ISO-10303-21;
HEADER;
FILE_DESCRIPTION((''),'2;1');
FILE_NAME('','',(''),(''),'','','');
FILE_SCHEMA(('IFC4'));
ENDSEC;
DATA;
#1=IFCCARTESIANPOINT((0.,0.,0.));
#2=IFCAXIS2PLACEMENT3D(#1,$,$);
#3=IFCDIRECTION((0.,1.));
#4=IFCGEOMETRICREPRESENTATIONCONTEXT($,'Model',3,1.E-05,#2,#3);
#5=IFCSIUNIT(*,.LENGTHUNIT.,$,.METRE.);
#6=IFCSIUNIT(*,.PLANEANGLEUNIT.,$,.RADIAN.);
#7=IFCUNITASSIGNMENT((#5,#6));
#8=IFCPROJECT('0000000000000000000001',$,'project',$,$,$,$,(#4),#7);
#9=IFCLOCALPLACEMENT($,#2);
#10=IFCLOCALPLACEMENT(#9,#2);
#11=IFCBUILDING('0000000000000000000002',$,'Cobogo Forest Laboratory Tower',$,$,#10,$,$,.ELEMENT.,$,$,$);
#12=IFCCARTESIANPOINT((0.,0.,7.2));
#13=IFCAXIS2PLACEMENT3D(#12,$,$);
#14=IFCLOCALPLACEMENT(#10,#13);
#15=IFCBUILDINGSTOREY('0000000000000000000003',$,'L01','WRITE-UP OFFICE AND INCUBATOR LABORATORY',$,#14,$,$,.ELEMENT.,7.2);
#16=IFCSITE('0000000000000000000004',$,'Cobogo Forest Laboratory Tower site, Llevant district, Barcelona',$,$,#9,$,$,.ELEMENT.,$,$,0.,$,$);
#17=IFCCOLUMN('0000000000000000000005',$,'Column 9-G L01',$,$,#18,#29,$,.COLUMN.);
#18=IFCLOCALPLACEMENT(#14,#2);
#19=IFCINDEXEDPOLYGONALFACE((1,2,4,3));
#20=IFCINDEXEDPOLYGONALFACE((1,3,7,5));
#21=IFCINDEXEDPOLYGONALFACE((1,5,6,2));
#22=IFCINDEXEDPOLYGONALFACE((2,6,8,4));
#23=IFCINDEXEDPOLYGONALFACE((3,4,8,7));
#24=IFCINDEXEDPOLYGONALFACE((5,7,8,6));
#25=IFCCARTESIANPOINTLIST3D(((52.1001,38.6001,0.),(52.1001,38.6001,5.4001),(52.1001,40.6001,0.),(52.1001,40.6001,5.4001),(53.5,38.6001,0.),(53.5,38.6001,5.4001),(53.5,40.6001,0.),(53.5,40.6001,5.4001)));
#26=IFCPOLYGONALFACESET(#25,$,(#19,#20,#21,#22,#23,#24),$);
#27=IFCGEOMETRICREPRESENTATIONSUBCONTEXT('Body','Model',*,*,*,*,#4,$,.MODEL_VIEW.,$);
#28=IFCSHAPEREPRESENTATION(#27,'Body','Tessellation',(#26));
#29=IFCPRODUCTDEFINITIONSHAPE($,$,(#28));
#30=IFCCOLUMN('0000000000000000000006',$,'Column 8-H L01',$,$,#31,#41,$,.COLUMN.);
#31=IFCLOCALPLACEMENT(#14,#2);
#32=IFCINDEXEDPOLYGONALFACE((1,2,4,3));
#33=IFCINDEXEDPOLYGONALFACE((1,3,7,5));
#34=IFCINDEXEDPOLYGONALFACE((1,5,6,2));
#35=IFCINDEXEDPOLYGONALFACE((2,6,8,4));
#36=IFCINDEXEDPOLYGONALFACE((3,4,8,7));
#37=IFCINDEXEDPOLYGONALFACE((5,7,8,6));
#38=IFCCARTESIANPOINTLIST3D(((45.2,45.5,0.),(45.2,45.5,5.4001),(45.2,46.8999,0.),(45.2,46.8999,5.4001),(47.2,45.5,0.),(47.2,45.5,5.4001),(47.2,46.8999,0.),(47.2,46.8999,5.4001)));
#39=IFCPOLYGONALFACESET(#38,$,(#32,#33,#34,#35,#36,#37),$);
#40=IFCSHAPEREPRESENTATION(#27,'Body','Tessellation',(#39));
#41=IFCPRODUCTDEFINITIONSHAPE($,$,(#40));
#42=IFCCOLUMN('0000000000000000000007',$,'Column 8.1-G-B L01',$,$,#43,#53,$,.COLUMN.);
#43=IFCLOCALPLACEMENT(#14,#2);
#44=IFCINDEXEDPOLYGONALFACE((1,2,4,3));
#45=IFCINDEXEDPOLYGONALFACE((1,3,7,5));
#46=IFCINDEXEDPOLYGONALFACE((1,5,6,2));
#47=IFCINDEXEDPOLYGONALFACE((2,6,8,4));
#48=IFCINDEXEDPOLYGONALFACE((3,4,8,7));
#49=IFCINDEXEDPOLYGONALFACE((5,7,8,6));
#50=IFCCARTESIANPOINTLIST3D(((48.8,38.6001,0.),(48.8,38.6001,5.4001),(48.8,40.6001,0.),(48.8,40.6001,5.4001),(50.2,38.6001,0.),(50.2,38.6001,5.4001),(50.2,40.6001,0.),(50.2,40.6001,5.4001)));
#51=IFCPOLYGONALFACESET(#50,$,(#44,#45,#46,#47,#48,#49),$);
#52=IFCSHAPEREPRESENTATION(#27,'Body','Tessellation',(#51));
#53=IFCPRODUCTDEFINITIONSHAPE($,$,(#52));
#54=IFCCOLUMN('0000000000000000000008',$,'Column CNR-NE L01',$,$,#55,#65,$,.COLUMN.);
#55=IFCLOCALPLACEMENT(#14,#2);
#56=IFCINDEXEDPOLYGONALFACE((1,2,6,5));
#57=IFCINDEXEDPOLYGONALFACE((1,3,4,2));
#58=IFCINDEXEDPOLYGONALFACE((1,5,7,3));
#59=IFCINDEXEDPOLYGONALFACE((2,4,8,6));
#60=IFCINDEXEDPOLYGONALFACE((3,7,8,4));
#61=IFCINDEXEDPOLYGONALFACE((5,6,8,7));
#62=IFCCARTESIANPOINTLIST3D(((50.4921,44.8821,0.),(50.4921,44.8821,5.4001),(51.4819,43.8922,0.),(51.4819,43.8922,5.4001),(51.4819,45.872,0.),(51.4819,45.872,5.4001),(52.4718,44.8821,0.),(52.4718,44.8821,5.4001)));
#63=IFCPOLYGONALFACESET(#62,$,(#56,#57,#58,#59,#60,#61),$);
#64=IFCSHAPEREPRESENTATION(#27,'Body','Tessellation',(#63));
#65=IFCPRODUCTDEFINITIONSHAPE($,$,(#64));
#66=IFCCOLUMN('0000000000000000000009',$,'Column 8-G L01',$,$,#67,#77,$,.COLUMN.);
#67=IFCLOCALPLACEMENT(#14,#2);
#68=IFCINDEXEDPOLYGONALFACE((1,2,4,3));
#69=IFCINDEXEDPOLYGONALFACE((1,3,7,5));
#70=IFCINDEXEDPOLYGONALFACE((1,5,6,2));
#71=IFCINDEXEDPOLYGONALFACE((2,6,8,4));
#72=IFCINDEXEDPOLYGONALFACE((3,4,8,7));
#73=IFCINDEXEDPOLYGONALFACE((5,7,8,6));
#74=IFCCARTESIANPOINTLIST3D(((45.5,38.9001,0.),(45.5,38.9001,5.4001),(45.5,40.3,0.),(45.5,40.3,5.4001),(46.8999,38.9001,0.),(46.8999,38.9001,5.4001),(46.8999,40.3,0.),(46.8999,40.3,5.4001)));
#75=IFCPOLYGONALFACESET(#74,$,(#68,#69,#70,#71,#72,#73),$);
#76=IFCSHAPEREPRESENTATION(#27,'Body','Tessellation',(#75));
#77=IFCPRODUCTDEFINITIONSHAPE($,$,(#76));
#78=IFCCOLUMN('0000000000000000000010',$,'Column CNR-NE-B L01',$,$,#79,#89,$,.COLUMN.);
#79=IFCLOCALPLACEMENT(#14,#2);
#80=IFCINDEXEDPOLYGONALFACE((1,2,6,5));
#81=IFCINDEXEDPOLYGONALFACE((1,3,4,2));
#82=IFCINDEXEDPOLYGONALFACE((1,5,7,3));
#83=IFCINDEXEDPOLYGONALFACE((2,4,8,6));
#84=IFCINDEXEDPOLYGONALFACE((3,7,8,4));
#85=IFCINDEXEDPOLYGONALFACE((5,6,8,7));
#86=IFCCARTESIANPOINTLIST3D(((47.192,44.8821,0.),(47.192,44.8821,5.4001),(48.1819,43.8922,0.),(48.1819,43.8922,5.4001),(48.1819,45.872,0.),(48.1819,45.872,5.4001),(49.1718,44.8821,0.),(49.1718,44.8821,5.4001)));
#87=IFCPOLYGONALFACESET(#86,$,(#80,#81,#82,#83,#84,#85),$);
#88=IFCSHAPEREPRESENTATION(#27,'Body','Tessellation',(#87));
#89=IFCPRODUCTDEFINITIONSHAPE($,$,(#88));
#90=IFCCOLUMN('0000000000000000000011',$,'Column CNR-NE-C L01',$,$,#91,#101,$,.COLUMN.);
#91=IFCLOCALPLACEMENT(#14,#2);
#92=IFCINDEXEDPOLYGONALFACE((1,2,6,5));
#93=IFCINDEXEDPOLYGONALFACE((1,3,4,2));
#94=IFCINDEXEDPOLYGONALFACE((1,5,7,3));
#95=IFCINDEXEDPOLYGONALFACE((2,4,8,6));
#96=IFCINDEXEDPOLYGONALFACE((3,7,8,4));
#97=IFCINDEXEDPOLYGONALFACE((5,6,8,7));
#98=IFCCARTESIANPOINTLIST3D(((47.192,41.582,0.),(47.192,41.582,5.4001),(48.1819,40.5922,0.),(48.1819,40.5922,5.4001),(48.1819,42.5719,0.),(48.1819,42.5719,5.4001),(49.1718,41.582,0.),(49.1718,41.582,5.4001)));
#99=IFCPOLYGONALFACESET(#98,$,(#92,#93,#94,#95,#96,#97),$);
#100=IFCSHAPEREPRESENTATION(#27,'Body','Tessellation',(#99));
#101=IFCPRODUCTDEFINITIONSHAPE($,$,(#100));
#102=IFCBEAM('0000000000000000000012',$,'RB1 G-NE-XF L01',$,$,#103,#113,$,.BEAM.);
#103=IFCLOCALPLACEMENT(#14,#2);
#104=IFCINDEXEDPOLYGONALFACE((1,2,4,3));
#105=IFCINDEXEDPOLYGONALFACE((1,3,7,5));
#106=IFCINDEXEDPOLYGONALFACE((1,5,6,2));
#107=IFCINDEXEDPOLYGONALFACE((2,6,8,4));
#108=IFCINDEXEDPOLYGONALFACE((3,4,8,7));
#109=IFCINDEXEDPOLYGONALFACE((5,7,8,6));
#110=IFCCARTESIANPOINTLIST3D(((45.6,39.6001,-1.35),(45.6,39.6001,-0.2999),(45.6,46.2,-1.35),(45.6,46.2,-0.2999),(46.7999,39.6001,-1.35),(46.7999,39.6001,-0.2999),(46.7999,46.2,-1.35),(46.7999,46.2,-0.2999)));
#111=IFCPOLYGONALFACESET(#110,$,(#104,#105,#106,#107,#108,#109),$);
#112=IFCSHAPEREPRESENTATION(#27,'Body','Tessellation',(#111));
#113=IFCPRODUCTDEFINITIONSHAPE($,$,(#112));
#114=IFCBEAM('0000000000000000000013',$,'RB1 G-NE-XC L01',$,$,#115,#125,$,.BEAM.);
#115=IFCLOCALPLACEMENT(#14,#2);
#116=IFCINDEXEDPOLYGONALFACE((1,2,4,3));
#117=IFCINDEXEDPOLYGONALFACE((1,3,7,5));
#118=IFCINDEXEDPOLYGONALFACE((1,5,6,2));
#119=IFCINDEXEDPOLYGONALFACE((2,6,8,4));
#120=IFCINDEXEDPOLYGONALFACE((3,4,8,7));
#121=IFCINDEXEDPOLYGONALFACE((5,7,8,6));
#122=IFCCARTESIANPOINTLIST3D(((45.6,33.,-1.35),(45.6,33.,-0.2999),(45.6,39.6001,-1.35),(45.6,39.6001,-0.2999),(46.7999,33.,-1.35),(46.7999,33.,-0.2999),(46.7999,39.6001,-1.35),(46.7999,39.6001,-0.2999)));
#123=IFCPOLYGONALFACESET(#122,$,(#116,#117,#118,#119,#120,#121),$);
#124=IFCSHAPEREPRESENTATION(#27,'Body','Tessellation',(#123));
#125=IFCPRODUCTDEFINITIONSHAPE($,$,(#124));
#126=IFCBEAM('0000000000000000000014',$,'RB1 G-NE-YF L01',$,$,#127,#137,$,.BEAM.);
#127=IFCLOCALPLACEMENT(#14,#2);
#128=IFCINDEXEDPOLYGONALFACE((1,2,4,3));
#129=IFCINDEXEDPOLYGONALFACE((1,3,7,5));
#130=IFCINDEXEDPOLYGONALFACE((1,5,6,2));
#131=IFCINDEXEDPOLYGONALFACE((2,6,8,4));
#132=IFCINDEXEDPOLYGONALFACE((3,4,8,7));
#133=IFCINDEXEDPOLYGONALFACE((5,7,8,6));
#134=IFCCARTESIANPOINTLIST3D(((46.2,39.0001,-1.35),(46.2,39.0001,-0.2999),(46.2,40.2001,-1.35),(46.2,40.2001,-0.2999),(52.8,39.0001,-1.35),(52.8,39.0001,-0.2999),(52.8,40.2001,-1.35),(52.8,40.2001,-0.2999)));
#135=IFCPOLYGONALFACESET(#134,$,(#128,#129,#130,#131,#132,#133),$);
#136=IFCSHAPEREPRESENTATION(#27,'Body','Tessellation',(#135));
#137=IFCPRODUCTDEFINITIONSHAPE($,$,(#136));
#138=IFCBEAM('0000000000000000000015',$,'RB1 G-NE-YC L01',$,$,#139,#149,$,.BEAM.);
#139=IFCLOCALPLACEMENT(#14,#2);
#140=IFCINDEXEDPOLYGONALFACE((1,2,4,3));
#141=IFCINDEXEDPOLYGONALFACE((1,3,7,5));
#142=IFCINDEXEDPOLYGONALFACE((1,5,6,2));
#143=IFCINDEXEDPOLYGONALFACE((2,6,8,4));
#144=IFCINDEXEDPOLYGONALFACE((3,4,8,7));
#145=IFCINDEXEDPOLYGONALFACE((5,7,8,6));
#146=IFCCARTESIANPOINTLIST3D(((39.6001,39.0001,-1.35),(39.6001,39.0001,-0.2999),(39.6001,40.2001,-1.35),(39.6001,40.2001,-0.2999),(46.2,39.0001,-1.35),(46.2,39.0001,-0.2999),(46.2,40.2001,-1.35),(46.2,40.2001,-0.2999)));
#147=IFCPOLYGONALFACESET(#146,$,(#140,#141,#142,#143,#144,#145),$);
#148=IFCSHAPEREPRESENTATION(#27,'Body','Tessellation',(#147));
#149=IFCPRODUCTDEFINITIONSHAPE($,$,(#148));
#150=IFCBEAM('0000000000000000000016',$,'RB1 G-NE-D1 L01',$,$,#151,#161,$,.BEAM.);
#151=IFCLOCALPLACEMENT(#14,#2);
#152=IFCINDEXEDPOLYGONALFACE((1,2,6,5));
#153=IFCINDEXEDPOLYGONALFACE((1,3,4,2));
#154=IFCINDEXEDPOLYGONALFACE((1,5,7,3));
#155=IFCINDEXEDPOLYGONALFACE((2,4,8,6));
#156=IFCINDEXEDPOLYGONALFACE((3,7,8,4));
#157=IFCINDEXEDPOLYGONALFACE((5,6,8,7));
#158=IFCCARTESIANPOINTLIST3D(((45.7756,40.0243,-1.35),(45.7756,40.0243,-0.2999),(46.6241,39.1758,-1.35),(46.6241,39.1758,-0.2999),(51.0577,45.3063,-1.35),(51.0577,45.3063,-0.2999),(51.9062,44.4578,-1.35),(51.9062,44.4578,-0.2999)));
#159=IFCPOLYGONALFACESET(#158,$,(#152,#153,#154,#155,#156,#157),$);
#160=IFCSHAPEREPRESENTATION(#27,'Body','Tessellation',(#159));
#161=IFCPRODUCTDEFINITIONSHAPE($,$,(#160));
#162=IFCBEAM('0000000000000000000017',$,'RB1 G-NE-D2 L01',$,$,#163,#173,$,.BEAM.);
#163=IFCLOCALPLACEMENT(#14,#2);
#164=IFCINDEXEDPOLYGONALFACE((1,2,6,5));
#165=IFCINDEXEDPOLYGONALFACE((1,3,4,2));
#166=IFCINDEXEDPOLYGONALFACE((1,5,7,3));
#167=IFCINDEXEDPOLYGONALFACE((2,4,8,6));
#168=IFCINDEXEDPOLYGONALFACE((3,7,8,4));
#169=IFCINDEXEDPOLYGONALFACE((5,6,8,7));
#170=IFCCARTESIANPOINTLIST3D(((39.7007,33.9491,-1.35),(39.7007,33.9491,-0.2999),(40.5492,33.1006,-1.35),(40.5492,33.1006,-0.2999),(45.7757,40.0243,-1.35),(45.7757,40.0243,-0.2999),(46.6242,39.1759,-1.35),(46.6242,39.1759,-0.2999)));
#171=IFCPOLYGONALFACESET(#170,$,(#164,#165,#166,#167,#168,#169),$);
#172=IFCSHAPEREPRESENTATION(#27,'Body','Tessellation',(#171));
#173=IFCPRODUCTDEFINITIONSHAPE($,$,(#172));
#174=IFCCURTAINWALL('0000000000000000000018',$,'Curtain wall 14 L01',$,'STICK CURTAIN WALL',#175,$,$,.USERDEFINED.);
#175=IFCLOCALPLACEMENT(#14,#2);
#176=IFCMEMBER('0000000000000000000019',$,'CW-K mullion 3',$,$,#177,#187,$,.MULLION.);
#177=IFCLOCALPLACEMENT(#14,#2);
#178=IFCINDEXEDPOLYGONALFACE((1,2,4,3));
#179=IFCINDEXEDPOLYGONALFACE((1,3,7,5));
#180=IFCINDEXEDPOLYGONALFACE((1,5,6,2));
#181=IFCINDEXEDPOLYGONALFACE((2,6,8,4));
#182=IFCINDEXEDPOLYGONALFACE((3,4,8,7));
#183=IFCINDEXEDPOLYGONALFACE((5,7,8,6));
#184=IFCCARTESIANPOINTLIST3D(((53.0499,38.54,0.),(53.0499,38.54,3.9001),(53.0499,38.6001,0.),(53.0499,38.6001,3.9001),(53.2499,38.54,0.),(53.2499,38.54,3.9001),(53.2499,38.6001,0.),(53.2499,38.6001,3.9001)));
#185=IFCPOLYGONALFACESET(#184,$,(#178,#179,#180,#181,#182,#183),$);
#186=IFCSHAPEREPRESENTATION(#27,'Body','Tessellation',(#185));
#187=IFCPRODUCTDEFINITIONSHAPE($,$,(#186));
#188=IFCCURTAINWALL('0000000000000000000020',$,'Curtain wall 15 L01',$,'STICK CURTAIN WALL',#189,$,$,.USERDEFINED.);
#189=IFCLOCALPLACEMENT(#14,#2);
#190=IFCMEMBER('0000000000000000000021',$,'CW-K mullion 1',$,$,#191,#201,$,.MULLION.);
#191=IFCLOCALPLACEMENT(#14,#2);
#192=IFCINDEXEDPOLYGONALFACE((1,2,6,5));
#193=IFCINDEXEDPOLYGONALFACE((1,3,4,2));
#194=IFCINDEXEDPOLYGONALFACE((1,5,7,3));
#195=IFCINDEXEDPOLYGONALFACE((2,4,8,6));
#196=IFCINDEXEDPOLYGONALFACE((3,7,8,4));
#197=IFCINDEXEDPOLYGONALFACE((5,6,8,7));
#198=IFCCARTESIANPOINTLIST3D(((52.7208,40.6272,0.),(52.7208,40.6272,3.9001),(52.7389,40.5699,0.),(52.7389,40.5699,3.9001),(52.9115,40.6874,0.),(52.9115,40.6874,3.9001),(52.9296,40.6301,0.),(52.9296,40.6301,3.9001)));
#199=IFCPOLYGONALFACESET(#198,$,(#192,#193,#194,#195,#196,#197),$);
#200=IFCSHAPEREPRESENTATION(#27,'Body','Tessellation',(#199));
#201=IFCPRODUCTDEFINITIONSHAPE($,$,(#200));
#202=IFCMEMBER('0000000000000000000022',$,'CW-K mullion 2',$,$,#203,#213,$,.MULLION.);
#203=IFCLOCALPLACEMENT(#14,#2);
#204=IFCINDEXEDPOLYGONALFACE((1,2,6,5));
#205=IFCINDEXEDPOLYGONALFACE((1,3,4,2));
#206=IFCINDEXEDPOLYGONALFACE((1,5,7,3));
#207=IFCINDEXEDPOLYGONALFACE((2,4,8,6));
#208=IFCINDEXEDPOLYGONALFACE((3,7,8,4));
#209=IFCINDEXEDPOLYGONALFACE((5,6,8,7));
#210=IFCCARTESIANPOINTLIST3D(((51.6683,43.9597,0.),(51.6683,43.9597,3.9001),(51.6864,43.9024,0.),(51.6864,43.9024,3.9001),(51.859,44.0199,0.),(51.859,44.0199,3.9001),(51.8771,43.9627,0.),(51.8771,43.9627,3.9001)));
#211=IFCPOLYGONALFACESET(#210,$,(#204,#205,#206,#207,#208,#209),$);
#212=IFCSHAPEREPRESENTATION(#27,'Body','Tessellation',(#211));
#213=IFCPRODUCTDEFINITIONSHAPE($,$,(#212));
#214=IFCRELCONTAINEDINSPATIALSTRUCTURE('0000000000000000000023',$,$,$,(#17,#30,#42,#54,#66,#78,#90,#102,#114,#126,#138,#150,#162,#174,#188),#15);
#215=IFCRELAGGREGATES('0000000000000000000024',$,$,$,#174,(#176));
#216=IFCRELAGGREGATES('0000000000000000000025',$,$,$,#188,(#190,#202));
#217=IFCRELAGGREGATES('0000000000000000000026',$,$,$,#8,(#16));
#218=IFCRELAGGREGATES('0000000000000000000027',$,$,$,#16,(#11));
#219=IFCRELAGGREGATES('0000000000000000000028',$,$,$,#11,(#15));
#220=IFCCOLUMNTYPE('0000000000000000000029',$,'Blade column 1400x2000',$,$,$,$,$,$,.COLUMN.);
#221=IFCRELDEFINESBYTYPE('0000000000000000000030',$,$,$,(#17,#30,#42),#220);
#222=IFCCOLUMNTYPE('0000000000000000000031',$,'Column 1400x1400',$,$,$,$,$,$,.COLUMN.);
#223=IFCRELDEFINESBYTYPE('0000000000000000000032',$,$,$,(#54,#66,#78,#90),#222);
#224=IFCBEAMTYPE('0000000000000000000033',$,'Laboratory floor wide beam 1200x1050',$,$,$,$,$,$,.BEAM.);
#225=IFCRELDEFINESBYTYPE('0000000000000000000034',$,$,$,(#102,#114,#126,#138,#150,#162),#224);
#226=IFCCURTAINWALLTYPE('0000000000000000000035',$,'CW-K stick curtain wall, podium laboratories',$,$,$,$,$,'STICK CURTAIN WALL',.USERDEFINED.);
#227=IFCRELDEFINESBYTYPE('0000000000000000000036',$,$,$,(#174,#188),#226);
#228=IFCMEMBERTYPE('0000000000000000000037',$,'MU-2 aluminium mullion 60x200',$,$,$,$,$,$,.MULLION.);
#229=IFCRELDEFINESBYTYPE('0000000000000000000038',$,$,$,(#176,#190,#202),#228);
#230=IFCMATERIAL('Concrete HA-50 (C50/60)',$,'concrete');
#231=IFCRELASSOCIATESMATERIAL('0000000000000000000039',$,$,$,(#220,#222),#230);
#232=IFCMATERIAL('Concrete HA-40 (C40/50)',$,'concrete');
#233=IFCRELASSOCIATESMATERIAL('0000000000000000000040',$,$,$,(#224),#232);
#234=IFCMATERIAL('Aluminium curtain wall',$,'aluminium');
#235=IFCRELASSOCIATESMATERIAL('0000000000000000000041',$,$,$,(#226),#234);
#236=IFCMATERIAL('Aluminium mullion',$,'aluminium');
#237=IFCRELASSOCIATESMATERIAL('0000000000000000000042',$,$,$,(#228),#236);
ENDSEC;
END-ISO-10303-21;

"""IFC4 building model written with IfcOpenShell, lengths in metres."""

from ifc_helpers import new_model, si_unit, direction, frame, origin, origin_2d, place, context, subcontext, project, spatial, rectangle, extrude, material, material_profile, profile_set, type_object, element, aggregate, save


model = new_model("IFC4")

# Units and contexts
model_context = context("Model", 3, precision=1e-05, world=origin(), true_north=direction((0.0, 1.0)))
body_context = subcontext(model_context, "Body", "Model", "MODEL_VIEW")
ifc_project = project(units=[si_unit("LENGTHUNIT", "METRE"), si_unit("PLANEANGLEUNIT", "RADIAN")], contexts=[model_context])

# Site, building, storey
site_placement = place(None, origin())
site = spatial("IfcSite", under=ifc_project, at=site_placement, Name="Cobogo Forest Laboratory Tower site, Llevant district, Barcelona", CompositionType="ELEMENT", RefElevation=0.0)
building_placement = place(site_placement, origin())
building = spatial("IfcBuilding", under=site, at=building_placement, Name="Cobogo Forest Laboratory Tower", CompositionType="ELEMENT")
storey_placement = place(building_placement, frame((0.0, 0.0, 7.2)))
storey = spatial("IfcBuildingStorey", under=building, at=storey_placement, Name="L01", Description="WRITE-UP OFFICE AND INCUBATOR LABORATORY", CompositionType="ELEMENT", Elevation=7.2)

# Columns
ifc_material_1 = material(Name="Concrete HA-50 (C50/60)", Category="concrete")
ifc_material_profile_1 = material_profile(ifc_material_1, rectangle(XDim=2.0, YDim=1.3999, at=origin_2d()), Name="RC 1400x2000")
ifc_profile_set_1 = profile_set([ifc_material_profile_1], Name="Concrete HA-50 (C50/60)")
column_type_1 = type_object("IfcColumnType", Name="Blade column 1400x2000", PredefinedType="COLUMN", material=ifc_profile_set_1)
for number, where, z_axis, x_axis, name in (
    (1, (52.8, 39.6001, 0.0), (0.0, 0.0, 1.0), (0.0, 1.0, 0.0), "Column 9-G L01"),
    (2, (46.2, 46.2, 0.0), (0.0, 0.0, 1.0), (1.0, 0.0, 0.0), "Column 8-H L01"),
    (3, (49.5, 39.6001, 0.0), (0.0, 0.0, 1.0), (0.0, 1.0, 0.0), "Column 8.1-G-B L01"),
):
    element("IfcColumn", number, at=place(storey_placement, frame(where, z_axis=z_axis, x_axis=x_axis)), inside=storey, type_object=column_type_1, Name=name, PredefinedType="COLUMN", context=body_context, shape_type="SweptSolid", body=[
        extrude(rectangle(XDim=2.0, YDim=1.3999, at=origin_2d()), origin(), (0.0, 0.0, 1.0), 5.4001),
    ])
ifc_material_profile_2 = material_profile(ifc_material_1, rectangle(XDim=1.3999, YDim=1.3999, at=origin_2d()), Name="RC 1400x1400")
ifc_profile_set_2 = profile_set([ifc_material_profile_2], Name="Concrete HA-50 (C50/60)")
column_type_2 = type_object("IfcColumnType", Name="Column 1400x1400", PredefinedType="COLUMN", material=ifc_profile_set_2)
for number, where, z_axis, x_axis, name in (
    (4, (51.4819, 44.8821, 0.0), (0.0, 0.0, 1.0), (0.707107, 0.707107, 0.0), "Column CNR-NE L01"),
    (5, (46.2, 39.6001, 0.0), (0.0, 0.0, 1.0), (1.0, 0.0, 0.0), "Column 8-G L01"),
    (6, (48.1819, 44.8821, 0.0), (0.0, 0.0, 1.0), (0.707107, 0.707107, 0.0), "Column CNR-NE-B L01"),
    (7, (48.1819, 41.582, 0.0), (0.0, 0.0, 1.0), (0.707107, 0.707107, 0.0), "Column CNR-NE-C L01"),
):
    element("IfcColumn", number, at=place(storey_placement, frame(where, z_axis=z_axis, x_axis=x_axis)), inside=storey, type_object=column_type_2, Name=name, PredefinedType="COLUMN", context=body_context, shape_type="SweptSolid", body=[
        extrude(rectangle(XDim=1.3999, YDim=1.3999, at=origin_2d()), origin(), (0.0, 0.0, 1.0), 5.4001),
    ])

# Beams
ifc_material_2 = material(Name="Concrete HA-40 (C40/50)", Category="concrete")
ifc_material_profile_3 = material_profile(ifc_material_2, rectangle(XDim=1.2, YDim=1.05, at=origin_2d()), Name="RC 1200x1050")
ifc_profile_set_3 = profile_set([ifc_material_profile_3], Name="Concrete HA-40 (C40/50)")
beam_type_1 = type_object("IfcBeamType", Name="Laboratory floor wide beam 1200x1050", PredefinedType="BEAM", material=ifc_profile_set_3)
beam_1_placement = place(storey_placement, frame((46.2, 46.2, -0.825), z_axis=(0.0, -1.0, 0.0), x_axis=(1.0, 0.0, 0.0)))
element("IfcBeam", 8, at=beam_1_placement, inside=storey, type_object=beam_type_1, Name="RB1 G-NE-XF L01", PredefinedType="BEAM", context=body_context, shape_type="SweptSolid", body=[
    extrude(rectangle(XDim=1.2, YDim=1.05, at=origin_2d()), origin(), (0.0, 0.0, 1.0), 6.5999),
])
for number, where, z_axis, x_axis, name in (
    (9, (46.2, 39.6001, -0.825), (0.0, -1.0, 0.0), (1.0, 0.0, 0.0), "RB1 G-NE-XC L01"),
    (10, (52.8, 39.6001, -0.825), (-1.0, 0.0, 0.0), (0.0, -1.0, 0.0), "RB1 G-NE-YF L01"),
):
    element("IfcBeam", number, at=place(storey_placement, frame(where, z_axis=z_axis, x_axis=x_axis)), inside=storey, type_object=beam_type_1, Name=name, PredefinedType="BEAM", context=body_context, shape_type="SweptSolid", body=[
        extrude(rectangle(XDim=1.2, YDim=1.05, at=origin_2d()), origin(), (0.0, 0.0, 1.0), 6.6001),
    ])
beam_2_placement = place(storey_placement, frame((46.2, 39.6001, -0.825), z_axis=(-1.0, 0.0, 0.0), x_axis=(0.0, -1.0, 0.0)))
element("IfcBeam", 11, at=beam_2_placement, inside=storey, type_object=beam_type_1, Name="RB1 G-NE-YC L01", PredefinedType="BEAM", context=body_context, shape_type="SweptSolid", body=[
    extrude(rectangle(XDim=1.2, YDim=1.05, at=origin_2d()), origin(), (0.0, 0.0, 1.0), 6.5999),
])
beam_3_placement = place(storey_placement, frame((51.4819, 44.8821, -0.825), z_axis=(-0.707107, -0.707107, 0.0), x_axis=(0.707107, -0.707107, 0.0)))
element("IfcBeam", 12, at=beam_3_placement, inside=storey, type_object=beam_type_1, Name="RB1 G-NE-D1 L01", PredefinedType="BEAM", context=body_context, shape_type="SweptSolid", body=[
    extrude(rectangle(XDim=1.2, YDim=1.05, at=origin_2d()), origin(), (0.0, 0.0, 1.0), 7.47),
])
beam_4_placement = place(storey_placement, frame((46.2, 39.6001, -0.825), z_axis=(-0.707093, -0.707121, 0.0), x_axis=(0.707121, -0.707093, 0.0)))
element("IfcBeam", 13, at=beam_4_placement, inside=storey, type_object=beam_type_1, Name="RB1 G-NE-D2 L01", PredefinedType="BEAM", context=body_context, shape_type="SweptSolid", body=[
    extrude(rectangle(XDim=1.2, YDim=1.05, at=origin_2d()), origin(), (0.0, 0.0, 1.0), 8.5916),
])

# Curtain wall, member
ifc_material_3 = material(Name="Aluminium curtain wall", Category="aluminium")
curtain_wall_type = type_object("IfcCurtainWallType", Name="CW-K stick curtain wall, podium laboratories", ElementType="STICK CURTAIN WALL", PredefinedType="USERDEFINED", material=ifc_material_3)
curtain_wall_1_placement = place(storey_placement, origin())
curtain_wall_1 = element("IfcCurtainWall", 14, at=curtain_wall_1_placement, inside=storey, type_object=curtain_wall_type, Name="Curtain wall 14 L01", ObjectType="STICK CURTAIN WALL", PredefinedType="USERDEFINED")
ifc_material_4 = material(Name="Aluminium mullion", Category="aluminium")
ifc_material_profile_4 = material_profile(ifc_material_4, rectangle(XDim=0.0601, YDim=0.2, at=origin_2d()), Name="AL 60x200")
ifc_profile_set_4 = profile_set([ifc_material_profile_4], Name="Aluminium mullion")
member_type_1 = type_object("IfcMemberType", Name="MU-2 aluminium mullion 60x200", PredefinedType="MULLION", material=ifc_profile_set_4)
member_1_placement = place(storey_placement, frame((53.1499, 38.5701, 0.0), z_axis=(0.0, 0.0, 1.0), x_axis=(0.0, 1.0, 0.0)))
member_1 = element("IfcMember", 15, at=member_1_placement, type_object=member_type_1, Name="CW-K mullion 3", PredefinedType="MULLION", context=body_context, shape_type="SweptSolid", body=[
    extrude(rectangle(XDim=0.0601, YDim=0.2, at=origin_2d()), origin(), (0.0, 0.0, 1.0), 3.9001),
])

# Curtain wall, members
curtain_wall_2_placement = place(storey_placement, origin())
curtain_wall_2 = element("IfcCurtainWall", 16, at=curtain_wall_2_placement, inside=storey, type_object=curtain_wall_type, Name="Curtain wall 15 L01", ObjectType="STICK CURTAIN WALL", PredefinedType="USERDEFINED")
member_2_placement = place(storey_placement, frame((52.8252, 40.6287, 0.0), z_axis=(0.0, 0.0, 1.0), x_axis=(-0.301135, 0.953581, 0.0)))
member_2 = element("IfcMember", 17, at=member_2_placement, type_object=member_type_1, Name="CW-K mullion 1", PredefinedType="MULLION", context=body_context, shape_type="SweptSolid", body=[
    extrude(rectangle(XDim=0.0601, YDim=0.2, at=origin_2d()), origin(), (0.0, 0.0, 1.0), 3.9001),
])
member_3_placement = place(storey_placement, frame((51.7727, 43.9612, 0.0), z_axis=(0.0, 0.0, 1.0), x_axis=(-0.301135, 0.953581, 0.0)))
member_3 = element("IfcMember", 18, at=member_3_placement, type_object=member_type_1, Name="CW-K mullion 2", PredefinedType="MULLION", context=body_context, shape_type="SweptSolid", body=[
    extrude(rectangle(XDim=0.0601, YDim=0.2, at=origin_2d()), origin(), (0.0, 0.0, 1.0), 3.9001),
])

aggregate(curtain_wall_1, [member_1])
aggregate(curtain_wall_2, [member_2, member_3])

save(model, "model.ifc")
